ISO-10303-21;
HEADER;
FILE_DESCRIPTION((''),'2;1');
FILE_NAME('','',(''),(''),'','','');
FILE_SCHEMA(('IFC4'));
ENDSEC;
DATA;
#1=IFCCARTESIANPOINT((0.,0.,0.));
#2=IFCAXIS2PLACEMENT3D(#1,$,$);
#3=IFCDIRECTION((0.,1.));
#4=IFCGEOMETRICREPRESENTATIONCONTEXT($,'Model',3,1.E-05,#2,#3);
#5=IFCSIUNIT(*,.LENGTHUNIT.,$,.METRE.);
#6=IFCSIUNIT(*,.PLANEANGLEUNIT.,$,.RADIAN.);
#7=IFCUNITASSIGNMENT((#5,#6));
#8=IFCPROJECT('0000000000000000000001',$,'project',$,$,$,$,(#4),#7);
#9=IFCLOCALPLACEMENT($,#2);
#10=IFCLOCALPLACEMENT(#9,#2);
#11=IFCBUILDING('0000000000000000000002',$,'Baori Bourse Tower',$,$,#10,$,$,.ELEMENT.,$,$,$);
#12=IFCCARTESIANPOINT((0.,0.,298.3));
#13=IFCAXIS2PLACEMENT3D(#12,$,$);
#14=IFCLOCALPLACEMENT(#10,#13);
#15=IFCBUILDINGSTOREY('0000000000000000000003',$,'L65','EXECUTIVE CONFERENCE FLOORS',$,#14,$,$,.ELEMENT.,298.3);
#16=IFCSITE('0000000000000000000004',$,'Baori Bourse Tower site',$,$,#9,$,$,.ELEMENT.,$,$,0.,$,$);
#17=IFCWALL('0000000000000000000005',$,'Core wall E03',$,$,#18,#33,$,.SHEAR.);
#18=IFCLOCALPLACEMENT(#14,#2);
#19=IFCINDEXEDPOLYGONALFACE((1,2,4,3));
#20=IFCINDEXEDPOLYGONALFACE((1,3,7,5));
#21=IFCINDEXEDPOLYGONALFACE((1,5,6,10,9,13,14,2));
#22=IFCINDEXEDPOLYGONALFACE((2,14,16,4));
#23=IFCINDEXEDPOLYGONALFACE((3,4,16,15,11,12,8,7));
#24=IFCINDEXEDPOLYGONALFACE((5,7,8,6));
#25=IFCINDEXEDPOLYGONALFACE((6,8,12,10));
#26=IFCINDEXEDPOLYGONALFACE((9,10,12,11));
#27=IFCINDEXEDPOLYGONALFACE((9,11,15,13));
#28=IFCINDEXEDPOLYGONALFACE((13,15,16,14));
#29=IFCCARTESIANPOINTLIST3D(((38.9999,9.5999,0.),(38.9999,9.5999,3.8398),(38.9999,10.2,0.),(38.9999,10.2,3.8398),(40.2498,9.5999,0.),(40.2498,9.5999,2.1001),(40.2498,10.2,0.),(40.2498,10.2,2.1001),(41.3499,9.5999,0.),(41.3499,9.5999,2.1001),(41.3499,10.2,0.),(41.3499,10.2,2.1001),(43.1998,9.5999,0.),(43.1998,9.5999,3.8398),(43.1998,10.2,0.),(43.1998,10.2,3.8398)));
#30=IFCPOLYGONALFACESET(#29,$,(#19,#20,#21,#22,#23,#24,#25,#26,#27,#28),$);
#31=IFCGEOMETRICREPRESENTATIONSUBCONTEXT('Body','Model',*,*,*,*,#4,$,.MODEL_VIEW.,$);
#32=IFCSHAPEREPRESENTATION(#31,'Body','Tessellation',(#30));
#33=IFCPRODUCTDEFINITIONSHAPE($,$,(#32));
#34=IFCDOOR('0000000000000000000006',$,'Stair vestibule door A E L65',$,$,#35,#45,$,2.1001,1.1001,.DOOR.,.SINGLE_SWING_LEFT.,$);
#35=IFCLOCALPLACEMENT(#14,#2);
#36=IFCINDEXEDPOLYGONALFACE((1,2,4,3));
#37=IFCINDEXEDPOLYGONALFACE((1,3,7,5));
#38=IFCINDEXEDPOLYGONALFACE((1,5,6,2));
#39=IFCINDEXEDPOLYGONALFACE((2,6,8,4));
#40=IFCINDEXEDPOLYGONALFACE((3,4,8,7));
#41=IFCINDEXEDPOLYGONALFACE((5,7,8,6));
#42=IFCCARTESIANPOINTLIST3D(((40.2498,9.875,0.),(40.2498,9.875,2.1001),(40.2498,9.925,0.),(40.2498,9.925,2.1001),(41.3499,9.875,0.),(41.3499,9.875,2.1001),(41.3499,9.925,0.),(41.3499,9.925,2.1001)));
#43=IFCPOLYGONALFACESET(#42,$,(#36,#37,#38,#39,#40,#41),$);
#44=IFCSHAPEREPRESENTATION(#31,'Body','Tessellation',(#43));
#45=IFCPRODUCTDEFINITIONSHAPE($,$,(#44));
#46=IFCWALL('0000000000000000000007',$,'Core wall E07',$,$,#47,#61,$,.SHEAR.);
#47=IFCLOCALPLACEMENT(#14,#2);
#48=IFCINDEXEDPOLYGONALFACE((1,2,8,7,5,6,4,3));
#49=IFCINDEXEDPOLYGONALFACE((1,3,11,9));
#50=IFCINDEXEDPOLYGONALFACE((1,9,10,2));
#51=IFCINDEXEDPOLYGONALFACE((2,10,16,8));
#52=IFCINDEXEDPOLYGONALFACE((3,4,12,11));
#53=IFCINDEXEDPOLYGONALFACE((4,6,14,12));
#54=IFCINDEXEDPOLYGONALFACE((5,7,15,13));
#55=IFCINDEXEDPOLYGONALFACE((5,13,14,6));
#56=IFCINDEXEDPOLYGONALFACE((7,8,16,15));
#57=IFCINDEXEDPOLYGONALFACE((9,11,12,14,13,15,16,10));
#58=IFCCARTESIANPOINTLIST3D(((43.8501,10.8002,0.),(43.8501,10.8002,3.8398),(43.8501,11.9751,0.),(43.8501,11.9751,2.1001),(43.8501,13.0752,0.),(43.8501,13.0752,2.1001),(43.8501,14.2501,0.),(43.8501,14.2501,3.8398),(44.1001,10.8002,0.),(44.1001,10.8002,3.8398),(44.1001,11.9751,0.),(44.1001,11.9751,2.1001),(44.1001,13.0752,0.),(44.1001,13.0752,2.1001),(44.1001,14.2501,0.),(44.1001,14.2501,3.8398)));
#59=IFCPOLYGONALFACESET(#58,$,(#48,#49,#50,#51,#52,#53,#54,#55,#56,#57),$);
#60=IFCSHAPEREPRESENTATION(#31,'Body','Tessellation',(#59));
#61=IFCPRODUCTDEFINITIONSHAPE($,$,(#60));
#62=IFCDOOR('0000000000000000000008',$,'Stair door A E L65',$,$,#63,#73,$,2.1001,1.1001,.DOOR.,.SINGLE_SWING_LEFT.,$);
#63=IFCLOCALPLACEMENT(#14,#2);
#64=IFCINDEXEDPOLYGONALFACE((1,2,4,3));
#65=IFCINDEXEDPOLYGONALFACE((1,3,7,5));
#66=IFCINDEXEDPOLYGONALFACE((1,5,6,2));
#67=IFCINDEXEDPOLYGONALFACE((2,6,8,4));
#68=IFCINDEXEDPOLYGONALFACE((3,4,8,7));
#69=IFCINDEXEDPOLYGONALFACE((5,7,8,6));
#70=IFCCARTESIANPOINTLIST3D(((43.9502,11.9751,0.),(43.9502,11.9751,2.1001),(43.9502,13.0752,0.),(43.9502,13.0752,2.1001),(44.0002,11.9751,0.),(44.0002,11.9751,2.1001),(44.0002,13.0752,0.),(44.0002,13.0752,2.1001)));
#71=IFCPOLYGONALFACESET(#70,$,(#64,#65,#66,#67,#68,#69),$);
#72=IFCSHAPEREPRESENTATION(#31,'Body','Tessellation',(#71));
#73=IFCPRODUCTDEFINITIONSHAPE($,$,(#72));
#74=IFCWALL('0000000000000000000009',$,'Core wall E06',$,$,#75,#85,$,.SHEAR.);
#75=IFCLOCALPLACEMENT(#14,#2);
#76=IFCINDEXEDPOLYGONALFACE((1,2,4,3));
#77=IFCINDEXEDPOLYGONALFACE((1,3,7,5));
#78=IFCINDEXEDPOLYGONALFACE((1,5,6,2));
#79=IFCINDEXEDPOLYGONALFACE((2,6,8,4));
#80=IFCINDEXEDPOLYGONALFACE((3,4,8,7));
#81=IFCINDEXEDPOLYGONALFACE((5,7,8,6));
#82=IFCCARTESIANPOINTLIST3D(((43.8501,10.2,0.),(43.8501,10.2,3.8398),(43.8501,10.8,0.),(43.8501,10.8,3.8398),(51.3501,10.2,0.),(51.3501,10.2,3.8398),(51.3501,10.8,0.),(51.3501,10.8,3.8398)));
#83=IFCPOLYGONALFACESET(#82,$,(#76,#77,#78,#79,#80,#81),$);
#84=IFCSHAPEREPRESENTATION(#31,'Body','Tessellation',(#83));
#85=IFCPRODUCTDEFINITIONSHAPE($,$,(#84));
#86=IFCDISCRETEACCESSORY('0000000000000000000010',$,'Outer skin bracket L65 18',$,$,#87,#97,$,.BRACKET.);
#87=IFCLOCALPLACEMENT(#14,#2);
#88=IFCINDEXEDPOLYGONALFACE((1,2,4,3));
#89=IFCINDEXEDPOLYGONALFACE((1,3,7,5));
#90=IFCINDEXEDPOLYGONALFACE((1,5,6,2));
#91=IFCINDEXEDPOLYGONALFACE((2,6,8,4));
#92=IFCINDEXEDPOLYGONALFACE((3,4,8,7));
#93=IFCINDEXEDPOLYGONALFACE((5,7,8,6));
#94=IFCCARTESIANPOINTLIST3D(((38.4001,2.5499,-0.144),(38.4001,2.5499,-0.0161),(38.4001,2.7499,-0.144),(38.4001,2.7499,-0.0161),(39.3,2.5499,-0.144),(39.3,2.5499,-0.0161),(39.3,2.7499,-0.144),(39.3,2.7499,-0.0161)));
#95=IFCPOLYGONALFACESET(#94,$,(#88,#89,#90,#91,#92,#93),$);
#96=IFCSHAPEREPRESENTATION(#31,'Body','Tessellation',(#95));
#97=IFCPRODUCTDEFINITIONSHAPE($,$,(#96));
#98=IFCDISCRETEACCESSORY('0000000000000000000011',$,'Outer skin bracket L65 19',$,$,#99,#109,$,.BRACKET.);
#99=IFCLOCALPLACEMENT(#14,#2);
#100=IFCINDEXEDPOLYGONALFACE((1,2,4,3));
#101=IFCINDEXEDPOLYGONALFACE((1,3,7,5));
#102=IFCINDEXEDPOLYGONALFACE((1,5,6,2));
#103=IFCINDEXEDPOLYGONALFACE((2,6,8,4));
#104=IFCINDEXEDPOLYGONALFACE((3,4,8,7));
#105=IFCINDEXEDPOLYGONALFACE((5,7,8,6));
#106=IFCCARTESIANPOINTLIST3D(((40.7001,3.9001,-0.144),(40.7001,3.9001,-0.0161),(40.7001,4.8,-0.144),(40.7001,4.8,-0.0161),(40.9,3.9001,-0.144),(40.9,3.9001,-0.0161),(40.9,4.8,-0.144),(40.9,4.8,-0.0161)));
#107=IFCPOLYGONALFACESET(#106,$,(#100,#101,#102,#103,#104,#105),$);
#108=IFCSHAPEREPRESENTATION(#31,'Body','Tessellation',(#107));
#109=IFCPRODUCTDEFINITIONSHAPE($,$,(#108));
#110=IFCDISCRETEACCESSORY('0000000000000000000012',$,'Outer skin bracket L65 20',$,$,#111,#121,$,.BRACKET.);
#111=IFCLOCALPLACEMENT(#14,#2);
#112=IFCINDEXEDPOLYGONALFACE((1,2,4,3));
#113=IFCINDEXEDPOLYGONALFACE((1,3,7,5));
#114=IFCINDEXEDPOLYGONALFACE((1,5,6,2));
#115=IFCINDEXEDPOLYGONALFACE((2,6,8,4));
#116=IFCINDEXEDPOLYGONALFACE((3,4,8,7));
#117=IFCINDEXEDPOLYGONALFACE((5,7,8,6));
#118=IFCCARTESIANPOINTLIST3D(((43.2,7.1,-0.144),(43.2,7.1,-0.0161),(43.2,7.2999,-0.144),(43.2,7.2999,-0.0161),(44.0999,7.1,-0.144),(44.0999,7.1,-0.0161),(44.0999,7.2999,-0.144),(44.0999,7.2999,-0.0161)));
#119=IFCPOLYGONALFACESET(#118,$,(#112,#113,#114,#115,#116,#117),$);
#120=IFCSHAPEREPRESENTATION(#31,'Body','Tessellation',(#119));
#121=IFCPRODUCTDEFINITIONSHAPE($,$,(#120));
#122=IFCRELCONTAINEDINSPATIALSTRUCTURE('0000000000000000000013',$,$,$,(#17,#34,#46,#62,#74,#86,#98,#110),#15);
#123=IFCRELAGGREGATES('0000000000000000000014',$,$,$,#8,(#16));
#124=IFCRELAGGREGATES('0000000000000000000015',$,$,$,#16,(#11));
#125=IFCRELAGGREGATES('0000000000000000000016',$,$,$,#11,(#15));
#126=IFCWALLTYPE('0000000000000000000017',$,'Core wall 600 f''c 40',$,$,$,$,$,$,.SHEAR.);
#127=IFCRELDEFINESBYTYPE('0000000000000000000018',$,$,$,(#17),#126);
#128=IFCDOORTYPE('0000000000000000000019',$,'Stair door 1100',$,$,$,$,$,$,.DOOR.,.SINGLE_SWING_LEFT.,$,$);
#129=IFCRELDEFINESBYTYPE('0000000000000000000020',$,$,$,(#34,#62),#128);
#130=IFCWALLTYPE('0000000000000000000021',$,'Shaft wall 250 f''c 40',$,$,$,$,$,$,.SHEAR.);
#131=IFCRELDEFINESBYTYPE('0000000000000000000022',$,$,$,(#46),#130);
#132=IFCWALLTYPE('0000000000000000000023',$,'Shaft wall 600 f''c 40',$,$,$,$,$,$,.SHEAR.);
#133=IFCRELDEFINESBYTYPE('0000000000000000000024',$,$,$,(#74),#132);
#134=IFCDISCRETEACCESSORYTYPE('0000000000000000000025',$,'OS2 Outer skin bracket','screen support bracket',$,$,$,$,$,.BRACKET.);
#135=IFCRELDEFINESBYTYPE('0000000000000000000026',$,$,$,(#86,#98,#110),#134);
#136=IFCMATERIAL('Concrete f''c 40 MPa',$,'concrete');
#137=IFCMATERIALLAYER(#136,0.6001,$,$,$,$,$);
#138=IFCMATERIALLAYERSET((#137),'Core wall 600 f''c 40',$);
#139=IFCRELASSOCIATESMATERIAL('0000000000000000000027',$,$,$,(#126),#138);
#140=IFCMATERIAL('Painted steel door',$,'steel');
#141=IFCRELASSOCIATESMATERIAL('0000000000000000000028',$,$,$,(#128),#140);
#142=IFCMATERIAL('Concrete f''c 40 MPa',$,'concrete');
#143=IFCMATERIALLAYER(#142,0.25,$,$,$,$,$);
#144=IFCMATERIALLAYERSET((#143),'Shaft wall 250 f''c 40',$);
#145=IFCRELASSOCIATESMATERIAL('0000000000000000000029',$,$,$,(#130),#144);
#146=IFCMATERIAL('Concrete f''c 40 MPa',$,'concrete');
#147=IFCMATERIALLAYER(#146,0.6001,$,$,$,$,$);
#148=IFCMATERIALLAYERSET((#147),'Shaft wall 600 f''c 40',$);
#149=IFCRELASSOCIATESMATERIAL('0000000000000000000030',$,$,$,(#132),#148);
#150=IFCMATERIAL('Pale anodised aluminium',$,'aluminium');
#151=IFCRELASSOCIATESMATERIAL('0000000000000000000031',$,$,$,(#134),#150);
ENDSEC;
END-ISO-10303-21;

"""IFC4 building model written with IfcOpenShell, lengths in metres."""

from ifc_helpers import new_model, si_unit, direction, frame, frame_2d, origin, origin_2d, place, context, subcontext, project, spatial, rectangle, extrude, material, layer, layer_set, type_object, element, fill, save


model = new_model("IFC4")

# Units and contexts
model_context = context("Model", 3, precision=1e-05, world=origin(), true_north=direction((0.0, 1.0)))
body_context = subcontext(model_context, "Body", "Model", "MODEL_VIEW")
ifc_project = project(units=[si_unit("LENGTHUNIT", "METRE"), si_unit("PLANEANGLEUNIT", "RADIAN")], contexts=[model_context])

# Site, building, storey
site_placement = place(None, origin())
site = spatial("IfcSite", under=ifc_project, at=site_placement, Name="Baori Bourse Tower site", CompositionType="ELEMENT", RefElevation=0.0)
building_placement = place(site_placement, origin())
building = spatial("IfcBuilding", under=site, at=building_placement, Name="Baori Bourse Tower", CompositionType="ELEMENT")
storey_placement = place(building_placement, frame((0.0, 0.0, 298.3)))
storey = spatial("IfcBuildingStorey", under=building, at=storey_placement, Name="L65", Description="EXECUTIVE CONFERENCE FLOORS", CompositionType="ELEMENT", Elevation=298.3)

# Shared definitions
ifc_material_1 = material(Name="Concrete f'c 40 MPa", Category="concrete")
ifc_layer_1 = layer(ifc_material_1, 0.6001)
ifc_layer_set_1 = layer_set([ifc_layer_1], Name="Core wall 600 f'c 40")
wall_type_1 = type_object("IfcWallType", Name="Core wall 600 f'c 40", PredefinedType="SHEAR", material=ifc_layer_set_1)

# Walls, openings, doors
wall_1_placement = place(storey_placement, frame((43.2, 9.8999, 0.0), z_axis=(0.0, 0.0, 1.0), x_axis=(-1.0, 0.0, 0.0)))
wall_1 = element("IfcWall", 1, at=wall_1_placement, inside=storey, type_object=wall_type_1, Name="Core wall E03", PredefinedType="SHEAR", context=body_context, shape_type="SweptSolid", body=[
    extrude(rectangle(XDim=4.2, YDim=0.6001, at=frame_2d((2.1001, 0.0))), origin(), (0.0, 0.0, 1.0), 3.8398),
])
opening_1_placement = place(wall_1_placement, frame((1.8501, 0.0, 0.0)))
opening_1 = element("IfcOpeningElement", 2, at=opening_1_placement, cuts=wall_1, PredefinedType="OPENING", context=body_context, shape_type="SweptSolid", body=[
    extrude(rectangle(XDim=1.1001, YDim=2.1001, at=frame_2d((0.55, 1.05))), frame((0.0, 0.3101, 0.0), z_axis=(0.0, -1.0, 0.0), x_axis=(1.0, 0.0, 0.0)), (0.0, 0.0, 1.0), 0.6201),
])
ifc_material_2 = material(Name="Painted steel door", Category="steel")
door_type = type_object("IfcDoorType", Name="Stair door 1100", OperationType="SINGLE_SWING_LEFT", PredefinedType="DOOR", material=ifc_material_2)
door_1_placement = place(opening_1_placement, origin())
door_1 = element("IfcDoor", 3, at=door_1_placement, inside=storey, type_object=door_type, Name="Stair vestibule door A E L65", OperationType="SINGLE_SWING_LEFT", OverallHeight=2.1001, OverallWidth=1.1001, PredefinedType="DOOR", context=body_context, shape_type="SweptSolid", body=[
    extrude(rectangle(XDim=1.1001, YDim=2.1001, at=frame_2d((0.55, 1.05))), frame((0.0, 0.0249, 0.0), z_axis=(0.0, -1.0, 0.0), x_axis=(1.0, 0.0, 0.0)), (0.0, 0.0, 1.0), 0.05),
])
fill(opening_1, door_1)
ifc_material_3 = material(Name="Concrete f'c 40 MPa", Category="concrete")
ifc_layer_2 = layer(ifc_material_3, 0.25)
ifc_layer_set_2 = layer_set([ifc_layer_2], Name="Shaft wall 250 f'c 40")
wall_type_2 = type_object("IfcWallType", Name="Shaft wall 250 f'c 40", PredefinedType="SHEAR", material=ifc_layer_set_2)
wall_2_placement = place(storey_placement, frame((43.9751, 10.8, 0.0), z_axis=(0.0, 0.0, 1.0), x_axis=(0.0, 1.0, 0.0)))
wall_2 = element("IfcWall", 4, at=wall_2_placement, inside=storey, type_object=wall_type_2, Name="Core wall E07", PredefinedType="SHEAR", context=body_context, shape_type="SweptSolid", body=[
    extrude(rectangle(XDim=3.45, YDim=0.25, at=frame_2d((1.7251, 0.0))), origin(), (0.0, 0.0, 1.0), 3.8398),
])
opening_2_placement = place(wall_2_placement, frame((1.175, 0.0, 0.0)))
opening_2 = element("IfcOpeningElement", 5, at=opening_2_placement, cuts=wall_2, PredefinedType="OPENING", context=body_context, shape_type="SweptSolid", body=[
    extrude(rectangle(XDim=1.1001, YDim=2.1001, at=frame_2d((0.55, 1.05))), frame((0.0, 0.135, 0.0), z_axis=(0.0, -1.0, 0.0), x_axis=(1.0, 0.0, 0.0)), (0.0, 0.0, 1.0), 0.27),
])
door_2_placement = place(opening_2_placement, origin())
door_2 = element("IfcDoor", 6, at=door_2_placement, inside=storey, type_object=door_type, Name="Stair door A E L65", OperationType="SINGLE_SWING_LEFT", OverallHeight=2.1001, OverallWidth=1.1001, PredefinedType="DOOR", context=body_context, shape_type="SweptSolid", body=[
    extrude(rectangle(XDim=1.1001, YDim=2.1001, at=frame_2d((0.55, 1.05))), frame((0.0, 0.0249, 0.0), z_axis=(0.0, -1.0, 0.0), x_axis=(1.0, 0.0, 0.0)), (0.0, 0.0, 1.0), 0.05),
])
fill(opening_2, door_2)

# Wall
ifc_material_4 = material(Name="Concrete f'c 40 MPa", Category="concrete")
ifc_layer_3 = layer(ifc_material_4, 0.6001)
ifc_layer_set_3 = layer_set([ifc_layer_3], Name="Shaft wall 600 f'c 40")
wall_type_3 = type_object("IfcWallType", Name="Shaft wall 600 f'c 40", PredefinedType="SHEAR", material=ifc_layer_set_3)
wall_3_placement = place(storey_placement, frame((43.8501, 10.5, 0.0), z_axis=(0.0, 0.0, 1.0), x_axis=(1.0, 0.0, 0.0)))
element("IfcWall", 7, at=wall_3_placement, inside=storey, type_object=wall_type_3, Name="Core wall E06", PredefinedType="SHEAR", context=body_context, shape_type="SweptSolid", body=[
    extrude(rectangle(XDim=7.5, YDim=0.6001, at=frame_2d((3.75, 0.0))), origin(), (0.0, 0.0, 1.0), 3.8398),
])

# Discrete accessories
ifc_material_5 = material(Name="Pale anodised aluminium", Category="aluminium")
discrete_accessory_type = type_object("IfcDiscreteAccessoryType", Name="OS2 Outer skin bracket", Description="screen support bracket", PredefinedType="BRACKET", material=ifc_material_5)
for number, where, z_axis, x_axis, name in (
    (8, (38.8501, 2.6499, -0.144), (0.0, 0.0, 1.0), (0.0, 1.0, 0.0), "Outer skin bracket L65 18"),
    (9, (40.8, 4.3501, -0.144), (0.0, 0.0, 1.0), (1.0, 0.0, 0.0), "Outer skin bracket L65 19"),
    (10, (43.6499, 7.2, -0.144), (0.0, 0.0, 1.0), (0.0, 1.0, 0.0), "Outer skin bracket L65 20"),
):
    element("IfcDiscreteAccessory", number, at=place(storey_placement, frame(where, z_axis=z_axis, x_axis=x_axis)), inside=storey, type_object=discrete_accessory_type, Name=name, PredefinedType="BRACKET", context=body_context, shape_type="SweptSolid", body=[
        extrude(rectangle(XDim=0.2, YDim=0.8999, at=origin_2d()), origin(), (0.0, 0.0, 1.0), 0.1279),
    ])

save(model, "model.ifc")
